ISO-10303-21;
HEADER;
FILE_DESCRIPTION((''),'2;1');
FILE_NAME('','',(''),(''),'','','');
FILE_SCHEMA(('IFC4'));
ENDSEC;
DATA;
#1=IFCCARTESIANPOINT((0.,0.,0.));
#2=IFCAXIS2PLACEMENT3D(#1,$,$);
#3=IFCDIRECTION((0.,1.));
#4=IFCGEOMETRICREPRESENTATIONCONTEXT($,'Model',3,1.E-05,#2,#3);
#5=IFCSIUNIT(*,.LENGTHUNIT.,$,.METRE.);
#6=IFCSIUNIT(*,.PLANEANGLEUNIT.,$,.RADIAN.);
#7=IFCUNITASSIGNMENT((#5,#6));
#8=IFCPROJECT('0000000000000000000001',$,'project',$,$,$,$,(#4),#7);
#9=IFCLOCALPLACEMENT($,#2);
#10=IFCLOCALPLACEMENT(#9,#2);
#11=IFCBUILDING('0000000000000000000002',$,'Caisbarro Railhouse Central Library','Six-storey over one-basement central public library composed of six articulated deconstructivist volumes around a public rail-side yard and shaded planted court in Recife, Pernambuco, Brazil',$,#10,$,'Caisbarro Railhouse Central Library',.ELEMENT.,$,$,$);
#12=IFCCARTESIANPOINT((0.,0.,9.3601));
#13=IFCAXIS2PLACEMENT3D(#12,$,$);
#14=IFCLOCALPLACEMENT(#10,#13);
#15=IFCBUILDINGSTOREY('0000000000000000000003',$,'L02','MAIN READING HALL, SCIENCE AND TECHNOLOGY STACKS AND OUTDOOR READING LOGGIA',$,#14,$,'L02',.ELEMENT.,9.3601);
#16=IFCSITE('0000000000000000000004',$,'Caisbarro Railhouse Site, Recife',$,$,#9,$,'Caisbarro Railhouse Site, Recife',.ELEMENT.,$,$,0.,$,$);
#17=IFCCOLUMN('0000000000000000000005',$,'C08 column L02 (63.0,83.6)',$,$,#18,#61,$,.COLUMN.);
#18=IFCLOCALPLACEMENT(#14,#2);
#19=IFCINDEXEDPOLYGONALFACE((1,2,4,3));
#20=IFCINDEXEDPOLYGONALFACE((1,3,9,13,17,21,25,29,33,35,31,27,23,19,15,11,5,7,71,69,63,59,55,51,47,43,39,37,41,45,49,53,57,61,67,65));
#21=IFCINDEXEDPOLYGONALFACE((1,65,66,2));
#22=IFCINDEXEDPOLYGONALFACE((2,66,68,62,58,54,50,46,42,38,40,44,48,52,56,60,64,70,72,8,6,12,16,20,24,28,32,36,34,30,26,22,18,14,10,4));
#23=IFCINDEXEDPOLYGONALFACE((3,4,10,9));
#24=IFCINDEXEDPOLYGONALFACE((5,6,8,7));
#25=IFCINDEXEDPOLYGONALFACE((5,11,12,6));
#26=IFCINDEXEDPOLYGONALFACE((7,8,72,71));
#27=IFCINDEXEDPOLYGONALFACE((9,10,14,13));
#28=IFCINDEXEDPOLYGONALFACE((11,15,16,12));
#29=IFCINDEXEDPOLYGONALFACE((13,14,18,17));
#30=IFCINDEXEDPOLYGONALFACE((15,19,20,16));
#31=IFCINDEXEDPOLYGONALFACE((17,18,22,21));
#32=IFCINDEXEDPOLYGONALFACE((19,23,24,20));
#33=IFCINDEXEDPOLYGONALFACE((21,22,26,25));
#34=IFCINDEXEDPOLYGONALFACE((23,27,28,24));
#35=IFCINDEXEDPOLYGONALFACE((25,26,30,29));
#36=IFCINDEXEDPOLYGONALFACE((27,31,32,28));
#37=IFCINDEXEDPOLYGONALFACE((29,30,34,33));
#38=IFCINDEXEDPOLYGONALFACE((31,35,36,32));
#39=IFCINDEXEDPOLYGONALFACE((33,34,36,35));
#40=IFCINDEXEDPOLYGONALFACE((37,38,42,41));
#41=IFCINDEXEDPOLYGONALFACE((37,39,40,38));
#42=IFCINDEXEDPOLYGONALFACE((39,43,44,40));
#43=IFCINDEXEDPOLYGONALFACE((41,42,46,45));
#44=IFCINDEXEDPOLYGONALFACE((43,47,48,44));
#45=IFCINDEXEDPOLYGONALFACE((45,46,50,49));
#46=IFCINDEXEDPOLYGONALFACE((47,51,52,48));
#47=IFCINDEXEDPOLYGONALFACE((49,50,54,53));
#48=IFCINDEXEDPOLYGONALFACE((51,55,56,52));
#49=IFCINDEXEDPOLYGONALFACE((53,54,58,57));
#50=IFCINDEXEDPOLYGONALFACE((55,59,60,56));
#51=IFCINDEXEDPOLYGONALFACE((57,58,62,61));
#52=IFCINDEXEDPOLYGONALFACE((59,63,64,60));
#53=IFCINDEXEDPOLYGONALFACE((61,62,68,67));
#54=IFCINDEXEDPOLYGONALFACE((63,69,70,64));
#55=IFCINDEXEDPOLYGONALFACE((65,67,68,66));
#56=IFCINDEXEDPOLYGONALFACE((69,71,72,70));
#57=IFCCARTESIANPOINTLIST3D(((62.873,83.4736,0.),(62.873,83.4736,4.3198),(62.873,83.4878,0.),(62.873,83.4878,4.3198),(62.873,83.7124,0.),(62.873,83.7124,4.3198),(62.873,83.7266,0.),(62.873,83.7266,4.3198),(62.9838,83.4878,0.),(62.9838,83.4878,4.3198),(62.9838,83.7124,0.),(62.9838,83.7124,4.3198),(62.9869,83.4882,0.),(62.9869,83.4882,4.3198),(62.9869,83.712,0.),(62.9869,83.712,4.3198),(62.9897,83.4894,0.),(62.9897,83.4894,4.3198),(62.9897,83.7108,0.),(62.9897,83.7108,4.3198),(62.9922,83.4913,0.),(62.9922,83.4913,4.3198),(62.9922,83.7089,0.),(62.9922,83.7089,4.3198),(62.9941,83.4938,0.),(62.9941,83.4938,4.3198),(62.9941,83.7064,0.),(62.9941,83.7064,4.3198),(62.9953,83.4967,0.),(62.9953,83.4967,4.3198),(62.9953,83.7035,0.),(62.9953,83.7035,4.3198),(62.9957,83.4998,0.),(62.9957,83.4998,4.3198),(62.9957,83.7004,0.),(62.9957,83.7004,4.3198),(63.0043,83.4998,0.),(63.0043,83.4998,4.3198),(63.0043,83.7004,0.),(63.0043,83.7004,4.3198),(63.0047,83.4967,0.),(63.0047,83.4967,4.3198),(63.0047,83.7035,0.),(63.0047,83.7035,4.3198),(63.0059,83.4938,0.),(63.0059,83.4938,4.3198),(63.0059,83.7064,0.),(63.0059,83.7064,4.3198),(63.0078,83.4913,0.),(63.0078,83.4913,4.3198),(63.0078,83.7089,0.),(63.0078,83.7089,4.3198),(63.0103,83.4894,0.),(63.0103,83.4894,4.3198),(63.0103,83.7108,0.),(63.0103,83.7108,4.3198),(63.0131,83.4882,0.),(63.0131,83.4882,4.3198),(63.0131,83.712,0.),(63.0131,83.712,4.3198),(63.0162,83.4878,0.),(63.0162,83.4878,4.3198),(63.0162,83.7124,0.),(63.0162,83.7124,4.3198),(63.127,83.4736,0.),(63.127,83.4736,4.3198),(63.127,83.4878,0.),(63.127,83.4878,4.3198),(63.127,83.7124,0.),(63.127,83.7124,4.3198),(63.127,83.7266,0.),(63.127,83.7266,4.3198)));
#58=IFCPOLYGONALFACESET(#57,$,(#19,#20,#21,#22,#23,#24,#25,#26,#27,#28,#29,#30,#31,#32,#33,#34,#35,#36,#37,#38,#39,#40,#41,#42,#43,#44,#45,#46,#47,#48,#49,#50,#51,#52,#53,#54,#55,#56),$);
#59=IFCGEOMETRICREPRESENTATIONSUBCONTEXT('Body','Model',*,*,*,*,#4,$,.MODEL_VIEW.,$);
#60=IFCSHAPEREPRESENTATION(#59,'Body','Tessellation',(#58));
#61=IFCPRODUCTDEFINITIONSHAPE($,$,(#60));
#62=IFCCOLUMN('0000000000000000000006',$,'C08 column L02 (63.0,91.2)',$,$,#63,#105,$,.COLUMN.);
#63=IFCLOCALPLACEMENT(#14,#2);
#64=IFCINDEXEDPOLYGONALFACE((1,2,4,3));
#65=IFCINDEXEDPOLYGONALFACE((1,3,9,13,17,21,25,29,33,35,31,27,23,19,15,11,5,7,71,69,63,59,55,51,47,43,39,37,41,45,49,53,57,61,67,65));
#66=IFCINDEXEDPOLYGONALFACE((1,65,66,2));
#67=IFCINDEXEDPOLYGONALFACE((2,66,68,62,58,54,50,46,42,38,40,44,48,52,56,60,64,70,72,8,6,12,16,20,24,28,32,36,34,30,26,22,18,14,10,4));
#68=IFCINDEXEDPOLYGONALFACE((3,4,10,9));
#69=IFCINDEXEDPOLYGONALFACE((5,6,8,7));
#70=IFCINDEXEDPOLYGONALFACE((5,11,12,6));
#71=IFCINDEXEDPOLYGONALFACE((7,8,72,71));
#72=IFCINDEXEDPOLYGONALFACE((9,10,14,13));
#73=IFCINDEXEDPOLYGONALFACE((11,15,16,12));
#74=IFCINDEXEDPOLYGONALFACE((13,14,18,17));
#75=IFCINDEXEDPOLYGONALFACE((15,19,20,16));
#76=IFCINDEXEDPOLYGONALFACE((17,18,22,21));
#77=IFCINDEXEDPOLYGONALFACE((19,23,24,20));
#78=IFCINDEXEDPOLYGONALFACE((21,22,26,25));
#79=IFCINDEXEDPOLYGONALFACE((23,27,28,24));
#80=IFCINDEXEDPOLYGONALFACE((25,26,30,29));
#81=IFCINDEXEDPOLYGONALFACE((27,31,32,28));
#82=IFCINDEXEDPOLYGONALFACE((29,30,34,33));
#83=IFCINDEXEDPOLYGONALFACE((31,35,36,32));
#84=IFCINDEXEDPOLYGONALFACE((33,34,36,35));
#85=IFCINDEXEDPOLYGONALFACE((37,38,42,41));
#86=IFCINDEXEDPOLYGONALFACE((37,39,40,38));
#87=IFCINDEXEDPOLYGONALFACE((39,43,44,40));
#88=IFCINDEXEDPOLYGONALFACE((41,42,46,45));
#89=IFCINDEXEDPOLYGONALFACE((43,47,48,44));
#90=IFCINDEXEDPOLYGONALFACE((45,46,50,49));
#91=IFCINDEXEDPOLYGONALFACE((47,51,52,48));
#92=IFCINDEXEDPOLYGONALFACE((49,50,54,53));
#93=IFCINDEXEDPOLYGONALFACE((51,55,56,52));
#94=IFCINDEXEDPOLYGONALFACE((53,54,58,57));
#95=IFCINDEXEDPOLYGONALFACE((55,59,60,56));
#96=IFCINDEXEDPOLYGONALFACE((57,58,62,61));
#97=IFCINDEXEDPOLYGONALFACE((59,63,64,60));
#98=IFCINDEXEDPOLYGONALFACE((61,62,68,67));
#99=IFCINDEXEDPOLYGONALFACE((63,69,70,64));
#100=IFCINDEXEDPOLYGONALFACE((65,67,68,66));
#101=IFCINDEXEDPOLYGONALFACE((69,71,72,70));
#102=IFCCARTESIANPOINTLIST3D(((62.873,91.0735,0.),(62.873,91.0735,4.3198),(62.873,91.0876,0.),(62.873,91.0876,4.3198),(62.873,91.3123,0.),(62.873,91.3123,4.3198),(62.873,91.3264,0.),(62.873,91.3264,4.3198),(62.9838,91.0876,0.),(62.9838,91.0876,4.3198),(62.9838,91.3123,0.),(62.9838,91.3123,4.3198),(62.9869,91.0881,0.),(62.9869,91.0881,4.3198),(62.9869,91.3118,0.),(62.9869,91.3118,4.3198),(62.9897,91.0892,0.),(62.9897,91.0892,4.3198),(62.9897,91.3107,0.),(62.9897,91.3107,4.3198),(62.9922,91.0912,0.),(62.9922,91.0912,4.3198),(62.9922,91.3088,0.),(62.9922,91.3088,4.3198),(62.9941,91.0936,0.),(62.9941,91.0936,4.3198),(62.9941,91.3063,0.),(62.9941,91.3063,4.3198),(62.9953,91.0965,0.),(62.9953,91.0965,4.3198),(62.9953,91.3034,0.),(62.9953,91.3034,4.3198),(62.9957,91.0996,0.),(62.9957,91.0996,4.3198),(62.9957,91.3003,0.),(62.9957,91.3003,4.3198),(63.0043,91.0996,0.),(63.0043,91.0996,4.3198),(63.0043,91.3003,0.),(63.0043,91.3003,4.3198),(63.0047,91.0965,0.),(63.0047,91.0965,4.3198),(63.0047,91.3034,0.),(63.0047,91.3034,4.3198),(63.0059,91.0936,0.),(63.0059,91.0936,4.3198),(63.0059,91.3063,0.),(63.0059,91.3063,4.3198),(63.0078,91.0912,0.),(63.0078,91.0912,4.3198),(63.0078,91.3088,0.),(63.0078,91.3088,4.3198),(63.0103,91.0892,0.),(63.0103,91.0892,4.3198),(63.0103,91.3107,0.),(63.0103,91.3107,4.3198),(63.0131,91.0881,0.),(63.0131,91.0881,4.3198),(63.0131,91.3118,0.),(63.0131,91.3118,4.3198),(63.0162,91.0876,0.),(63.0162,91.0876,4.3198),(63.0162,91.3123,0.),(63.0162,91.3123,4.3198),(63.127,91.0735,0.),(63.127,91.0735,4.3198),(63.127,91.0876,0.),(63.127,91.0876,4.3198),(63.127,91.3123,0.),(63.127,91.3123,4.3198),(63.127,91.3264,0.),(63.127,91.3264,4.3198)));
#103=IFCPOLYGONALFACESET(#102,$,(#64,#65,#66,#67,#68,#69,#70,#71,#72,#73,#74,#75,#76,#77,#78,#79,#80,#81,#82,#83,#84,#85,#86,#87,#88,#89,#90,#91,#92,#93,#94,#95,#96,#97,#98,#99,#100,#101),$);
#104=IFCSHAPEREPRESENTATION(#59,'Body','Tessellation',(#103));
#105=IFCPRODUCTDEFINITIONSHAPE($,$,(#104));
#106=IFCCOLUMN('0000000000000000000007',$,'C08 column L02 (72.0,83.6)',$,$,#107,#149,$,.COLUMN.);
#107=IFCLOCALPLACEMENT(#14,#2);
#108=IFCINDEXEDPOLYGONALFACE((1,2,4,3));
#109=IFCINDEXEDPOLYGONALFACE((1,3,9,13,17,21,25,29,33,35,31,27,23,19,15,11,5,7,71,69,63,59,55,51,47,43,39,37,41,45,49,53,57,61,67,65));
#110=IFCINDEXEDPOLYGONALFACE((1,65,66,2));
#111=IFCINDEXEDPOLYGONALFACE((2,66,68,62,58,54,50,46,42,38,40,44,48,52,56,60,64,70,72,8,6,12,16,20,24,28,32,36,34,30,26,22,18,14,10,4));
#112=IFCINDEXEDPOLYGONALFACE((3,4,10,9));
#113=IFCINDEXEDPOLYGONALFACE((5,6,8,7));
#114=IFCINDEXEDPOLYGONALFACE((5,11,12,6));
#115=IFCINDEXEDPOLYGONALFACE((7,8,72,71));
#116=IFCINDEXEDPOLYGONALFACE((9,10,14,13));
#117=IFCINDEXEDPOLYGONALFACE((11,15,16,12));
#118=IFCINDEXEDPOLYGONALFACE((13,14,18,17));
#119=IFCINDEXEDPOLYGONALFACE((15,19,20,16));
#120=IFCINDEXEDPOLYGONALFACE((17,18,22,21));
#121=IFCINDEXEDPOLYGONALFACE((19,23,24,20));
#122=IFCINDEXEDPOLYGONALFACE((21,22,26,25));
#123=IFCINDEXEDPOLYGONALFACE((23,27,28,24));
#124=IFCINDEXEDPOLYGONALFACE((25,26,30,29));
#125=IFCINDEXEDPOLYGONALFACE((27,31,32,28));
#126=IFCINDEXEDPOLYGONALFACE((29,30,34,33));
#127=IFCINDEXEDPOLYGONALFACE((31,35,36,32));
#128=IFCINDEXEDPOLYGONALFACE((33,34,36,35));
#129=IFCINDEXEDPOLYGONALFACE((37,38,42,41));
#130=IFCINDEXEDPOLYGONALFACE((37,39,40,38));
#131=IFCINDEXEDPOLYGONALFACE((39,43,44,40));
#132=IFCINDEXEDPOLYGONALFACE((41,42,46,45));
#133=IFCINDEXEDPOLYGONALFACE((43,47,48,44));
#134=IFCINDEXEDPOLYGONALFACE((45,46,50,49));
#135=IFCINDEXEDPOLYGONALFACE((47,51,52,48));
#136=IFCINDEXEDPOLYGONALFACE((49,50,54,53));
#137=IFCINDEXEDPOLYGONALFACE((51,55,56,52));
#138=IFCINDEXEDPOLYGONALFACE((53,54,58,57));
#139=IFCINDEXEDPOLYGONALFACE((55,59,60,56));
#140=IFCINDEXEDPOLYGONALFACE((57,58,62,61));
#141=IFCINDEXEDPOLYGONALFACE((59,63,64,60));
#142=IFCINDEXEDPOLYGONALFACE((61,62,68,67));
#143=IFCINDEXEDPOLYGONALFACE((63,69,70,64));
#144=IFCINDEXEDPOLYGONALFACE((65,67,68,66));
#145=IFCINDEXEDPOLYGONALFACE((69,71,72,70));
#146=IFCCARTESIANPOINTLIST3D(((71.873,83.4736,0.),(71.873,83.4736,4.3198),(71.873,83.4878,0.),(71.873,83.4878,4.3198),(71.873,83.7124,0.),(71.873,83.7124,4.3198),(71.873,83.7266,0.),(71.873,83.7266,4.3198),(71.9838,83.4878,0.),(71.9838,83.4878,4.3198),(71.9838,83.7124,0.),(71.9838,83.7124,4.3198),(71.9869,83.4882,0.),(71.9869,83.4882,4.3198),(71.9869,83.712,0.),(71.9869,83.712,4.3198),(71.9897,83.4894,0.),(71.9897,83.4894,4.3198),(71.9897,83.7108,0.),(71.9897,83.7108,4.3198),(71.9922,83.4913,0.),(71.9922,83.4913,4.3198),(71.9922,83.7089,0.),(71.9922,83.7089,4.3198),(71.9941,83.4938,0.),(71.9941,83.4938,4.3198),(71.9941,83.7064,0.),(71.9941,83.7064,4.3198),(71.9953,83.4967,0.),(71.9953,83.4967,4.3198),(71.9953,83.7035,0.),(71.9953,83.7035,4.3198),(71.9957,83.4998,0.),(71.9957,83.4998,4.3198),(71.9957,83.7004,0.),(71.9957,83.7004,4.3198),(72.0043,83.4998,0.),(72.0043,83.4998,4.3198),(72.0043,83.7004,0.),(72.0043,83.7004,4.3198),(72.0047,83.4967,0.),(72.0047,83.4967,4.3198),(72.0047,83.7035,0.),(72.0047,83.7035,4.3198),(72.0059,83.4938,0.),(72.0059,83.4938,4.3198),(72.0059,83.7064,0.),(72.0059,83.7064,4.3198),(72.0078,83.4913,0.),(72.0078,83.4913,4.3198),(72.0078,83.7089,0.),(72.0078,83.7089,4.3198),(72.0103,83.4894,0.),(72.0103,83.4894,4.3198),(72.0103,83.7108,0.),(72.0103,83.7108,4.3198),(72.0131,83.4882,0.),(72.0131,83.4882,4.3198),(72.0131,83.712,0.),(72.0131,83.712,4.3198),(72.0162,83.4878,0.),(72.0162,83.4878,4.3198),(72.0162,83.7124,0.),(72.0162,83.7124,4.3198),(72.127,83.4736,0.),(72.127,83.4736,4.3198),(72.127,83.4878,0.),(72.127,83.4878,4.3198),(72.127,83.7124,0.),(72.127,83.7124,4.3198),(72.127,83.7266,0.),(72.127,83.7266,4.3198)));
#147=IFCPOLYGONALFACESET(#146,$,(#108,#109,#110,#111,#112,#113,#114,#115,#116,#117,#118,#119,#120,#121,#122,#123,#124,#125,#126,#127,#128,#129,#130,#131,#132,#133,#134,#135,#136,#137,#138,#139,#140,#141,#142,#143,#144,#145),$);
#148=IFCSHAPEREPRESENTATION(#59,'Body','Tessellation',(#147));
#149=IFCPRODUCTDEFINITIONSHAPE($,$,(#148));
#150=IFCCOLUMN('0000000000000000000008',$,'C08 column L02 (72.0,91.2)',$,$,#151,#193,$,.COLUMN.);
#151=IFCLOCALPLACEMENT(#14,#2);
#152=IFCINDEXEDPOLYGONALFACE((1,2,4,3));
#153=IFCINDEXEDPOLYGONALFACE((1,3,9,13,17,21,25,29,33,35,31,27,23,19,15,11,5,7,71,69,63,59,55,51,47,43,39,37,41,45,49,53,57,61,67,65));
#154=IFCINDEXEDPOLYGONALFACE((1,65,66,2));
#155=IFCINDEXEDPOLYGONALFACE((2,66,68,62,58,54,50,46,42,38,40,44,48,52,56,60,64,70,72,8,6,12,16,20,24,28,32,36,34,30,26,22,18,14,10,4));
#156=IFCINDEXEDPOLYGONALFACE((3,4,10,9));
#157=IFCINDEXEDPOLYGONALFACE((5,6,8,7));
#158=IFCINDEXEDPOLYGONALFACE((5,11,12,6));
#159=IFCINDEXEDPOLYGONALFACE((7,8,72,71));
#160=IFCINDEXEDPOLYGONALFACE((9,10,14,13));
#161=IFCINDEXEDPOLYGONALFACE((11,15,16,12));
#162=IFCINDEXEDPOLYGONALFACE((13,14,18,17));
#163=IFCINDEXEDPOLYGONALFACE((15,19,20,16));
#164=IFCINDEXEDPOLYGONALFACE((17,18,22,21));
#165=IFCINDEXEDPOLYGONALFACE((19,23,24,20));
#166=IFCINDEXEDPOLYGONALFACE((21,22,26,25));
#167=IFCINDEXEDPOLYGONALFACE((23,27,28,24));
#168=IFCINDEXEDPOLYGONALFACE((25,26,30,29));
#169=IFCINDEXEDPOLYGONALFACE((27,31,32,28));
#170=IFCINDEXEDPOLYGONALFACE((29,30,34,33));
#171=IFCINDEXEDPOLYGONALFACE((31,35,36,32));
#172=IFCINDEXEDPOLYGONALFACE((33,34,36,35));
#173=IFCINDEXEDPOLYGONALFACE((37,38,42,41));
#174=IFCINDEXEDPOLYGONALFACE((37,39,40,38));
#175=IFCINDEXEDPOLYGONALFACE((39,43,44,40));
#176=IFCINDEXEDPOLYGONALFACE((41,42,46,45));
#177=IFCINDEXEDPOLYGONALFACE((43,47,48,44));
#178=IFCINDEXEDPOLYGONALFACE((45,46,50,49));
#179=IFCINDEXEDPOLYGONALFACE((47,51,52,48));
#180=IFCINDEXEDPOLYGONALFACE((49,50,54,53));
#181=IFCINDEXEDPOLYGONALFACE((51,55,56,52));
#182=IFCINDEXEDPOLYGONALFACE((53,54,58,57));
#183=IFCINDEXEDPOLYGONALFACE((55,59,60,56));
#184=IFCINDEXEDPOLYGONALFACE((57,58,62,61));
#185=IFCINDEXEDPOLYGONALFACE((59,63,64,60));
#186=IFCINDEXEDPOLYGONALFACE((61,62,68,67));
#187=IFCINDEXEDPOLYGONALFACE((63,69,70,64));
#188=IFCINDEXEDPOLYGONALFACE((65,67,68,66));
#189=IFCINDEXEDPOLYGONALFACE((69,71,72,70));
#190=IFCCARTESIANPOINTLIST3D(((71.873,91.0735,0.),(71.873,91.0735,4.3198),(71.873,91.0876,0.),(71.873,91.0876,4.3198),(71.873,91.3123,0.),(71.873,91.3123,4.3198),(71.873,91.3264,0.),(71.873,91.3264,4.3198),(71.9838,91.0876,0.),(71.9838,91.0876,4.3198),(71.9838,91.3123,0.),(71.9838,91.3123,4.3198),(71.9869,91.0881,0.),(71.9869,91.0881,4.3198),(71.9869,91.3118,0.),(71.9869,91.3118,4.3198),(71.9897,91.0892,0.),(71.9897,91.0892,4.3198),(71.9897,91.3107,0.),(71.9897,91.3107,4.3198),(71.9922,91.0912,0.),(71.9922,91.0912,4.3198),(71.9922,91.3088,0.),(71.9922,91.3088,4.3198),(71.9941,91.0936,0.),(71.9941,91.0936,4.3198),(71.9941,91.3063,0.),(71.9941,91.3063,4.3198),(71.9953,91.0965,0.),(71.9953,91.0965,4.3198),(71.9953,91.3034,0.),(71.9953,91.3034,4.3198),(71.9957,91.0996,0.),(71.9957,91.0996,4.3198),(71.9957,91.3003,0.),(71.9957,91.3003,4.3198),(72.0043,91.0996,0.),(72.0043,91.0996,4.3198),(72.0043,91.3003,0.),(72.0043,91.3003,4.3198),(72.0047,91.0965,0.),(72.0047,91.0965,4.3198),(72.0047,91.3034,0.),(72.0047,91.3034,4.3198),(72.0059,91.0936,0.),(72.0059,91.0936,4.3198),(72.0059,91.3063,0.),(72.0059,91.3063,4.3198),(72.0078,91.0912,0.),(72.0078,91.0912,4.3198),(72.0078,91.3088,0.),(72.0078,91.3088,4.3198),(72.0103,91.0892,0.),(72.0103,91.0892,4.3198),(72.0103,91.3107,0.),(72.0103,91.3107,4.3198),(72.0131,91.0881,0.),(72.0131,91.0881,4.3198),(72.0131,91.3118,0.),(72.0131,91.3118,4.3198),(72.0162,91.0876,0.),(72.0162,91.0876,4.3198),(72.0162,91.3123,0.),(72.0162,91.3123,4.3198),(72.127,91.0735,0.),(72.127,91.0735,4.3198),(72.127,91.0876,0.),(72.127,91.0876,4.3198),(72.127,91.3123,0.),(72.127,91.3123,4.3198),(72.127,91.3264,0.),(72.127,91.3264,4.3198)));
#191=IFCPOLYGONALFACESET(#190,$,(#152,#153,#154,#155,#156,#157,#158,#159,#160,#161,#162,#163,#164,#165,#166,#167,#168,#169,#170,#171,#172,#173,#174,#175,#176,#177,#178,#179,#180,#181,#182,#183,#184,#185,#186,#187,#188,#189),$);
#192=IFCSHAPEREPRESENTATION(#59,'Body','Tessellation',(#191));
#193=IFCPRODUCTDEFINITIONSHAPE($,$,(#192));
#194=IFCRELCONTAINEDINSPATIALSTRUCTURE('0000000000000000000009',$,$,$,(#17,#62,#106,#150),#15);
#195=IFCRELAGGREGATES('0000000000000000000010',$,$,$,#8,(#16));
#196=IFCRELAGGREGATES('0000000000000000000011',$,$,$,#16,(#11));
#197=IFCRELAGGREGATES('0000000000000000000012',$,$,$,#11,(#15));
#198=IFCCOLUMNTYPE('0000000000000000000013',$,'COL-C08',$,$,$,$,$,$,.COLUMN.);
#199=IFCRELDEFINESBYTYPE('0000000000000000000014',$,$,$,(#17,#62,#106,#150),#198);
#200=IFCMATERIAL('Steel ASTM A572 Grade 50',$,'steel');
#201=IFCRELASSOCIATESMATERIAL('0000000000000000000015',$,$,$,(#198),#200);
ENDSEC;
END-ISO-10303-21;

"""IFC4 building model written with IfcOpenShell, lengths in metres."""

from ifc_helpers import new_model, si_unit, direction, frame, origin, origin_2d, place, context, subcontext, project, spatial, i_section, extrude, material, material_profile, profile_set, type_object, element, save


model = new_model("IFC4")

# Units and contexts
model_context = context("Model", 3, precision=1e-05, world=origin(), true_north=direction((0.0, 1.0)))
body_context = subcontext(model_context, "Body", "Model", "MODEL_VIEW")
ifc_project = project(units=[si_unit("LENGTHUNIT", "METRE"), si_unit("PLANEANGLEUNIT", "RADIAN")], contexts=[model_context])

# Site, building, storey
site_placement = place(None, origin())
site = spatial("IfcSite", under=ifc_project, at=site_placement, Name="Caisbarro Railhouse Site, Recife", LongName="Caisbarro Railhouse Site, Recife", CompositionType="ELEMENT", RefElevation=0.0)
building_placement = place(site_placement, origin())
building = spatial("IfcBuilding", under=site, at=building_placement, Name="Caisbarro Railhouse Central Library", Description="Six-storey over one-basement central public library composed of six articulated deconstructivist volumes around a public rail-side yard and shaded planted court in Recife, Pernambuco, Brazil", LongName="Caisbarro Railhouse Central Library", CompositionType="ELEMENT")
storey_placement = place(building_placement, frame((0.0, 0.0, 9.3601)))
storey = spatial("IfcBuildingStorey", under=building, at=storey_placement, Name="L02", Description="MAIN READING HALL, SCIENCE AND TECHNOLOGY STACKS AND OUTDOOR READING LOGGIA", LongName="L02", CompositionType="ELEMENT", Elevation=9.3601)

# Columns
ifc_material_1 = material(Name="Steel ASTM A572 Grade 50", Category="steel")
ifc_material_profile_1 = material_profile(ifc_material_1, i_section(OverallWidth=0.2539, OverallDepth=0.2529, WebThickness=0.0085, FlangeThickness=0.0142, FilletRadius=0.012, at=origin_2d()), Name="W250X73.0")
ifc_profile_set_1 = profile_set([ifc_material_profile_1], Name="Steel ASTM A572 Grade 50")
column_type = type_object("IfcColumnType", Name="COL-C08", PredefinedType="COLUMN", material=ifc_profile_set_1)
for number, where, z_axis, x_axis, name in (
    (1, (63.0, 83.6001, 0.0), (0.0, 0.0, 1.0), (1.0, 0.0, 0.0), "C08 column L02 (63.0,83.6)"),
    (2, (63.0, 91.2, 0.0), (0.0, 0.0, 1.0), (1.0, 0.0, 0.0), "C08 column L02 (63.0,91.2)"),
    (3, (72.0, 83.6001, 0.0), (0.0, 0.0, 1.0), (1.0, 0.0, 0.0), "C08 column L02 (72.0,83.6)"),
    (4, (72.0, 91.2, 0.0), (0.0, 0.0, 1.0), (1.0, 0.0, 0.0), "C08 column L02 (72.0,91.2)"),
):
    element("IfcColumn", number, at=place(storey_placement, frame(where, z_axis=z_axis, x_axis=x_axis)), inside=storey, type_object=column_type, Name=name, PredefinedType="COLUMN", context=body_context, shape_type="SweptSolid", body=[
        extrude(i_section(OverallWidth=0.2539, OverallDepth=0.2529, WebThickness=0.0085, FlangeThickness=0.0142, FilletRadius=0.012, at=origin_2d()), origin(), (0.0, 0.0, 1.0), 4.3198),
    ])

save(model, "model.ifc")
